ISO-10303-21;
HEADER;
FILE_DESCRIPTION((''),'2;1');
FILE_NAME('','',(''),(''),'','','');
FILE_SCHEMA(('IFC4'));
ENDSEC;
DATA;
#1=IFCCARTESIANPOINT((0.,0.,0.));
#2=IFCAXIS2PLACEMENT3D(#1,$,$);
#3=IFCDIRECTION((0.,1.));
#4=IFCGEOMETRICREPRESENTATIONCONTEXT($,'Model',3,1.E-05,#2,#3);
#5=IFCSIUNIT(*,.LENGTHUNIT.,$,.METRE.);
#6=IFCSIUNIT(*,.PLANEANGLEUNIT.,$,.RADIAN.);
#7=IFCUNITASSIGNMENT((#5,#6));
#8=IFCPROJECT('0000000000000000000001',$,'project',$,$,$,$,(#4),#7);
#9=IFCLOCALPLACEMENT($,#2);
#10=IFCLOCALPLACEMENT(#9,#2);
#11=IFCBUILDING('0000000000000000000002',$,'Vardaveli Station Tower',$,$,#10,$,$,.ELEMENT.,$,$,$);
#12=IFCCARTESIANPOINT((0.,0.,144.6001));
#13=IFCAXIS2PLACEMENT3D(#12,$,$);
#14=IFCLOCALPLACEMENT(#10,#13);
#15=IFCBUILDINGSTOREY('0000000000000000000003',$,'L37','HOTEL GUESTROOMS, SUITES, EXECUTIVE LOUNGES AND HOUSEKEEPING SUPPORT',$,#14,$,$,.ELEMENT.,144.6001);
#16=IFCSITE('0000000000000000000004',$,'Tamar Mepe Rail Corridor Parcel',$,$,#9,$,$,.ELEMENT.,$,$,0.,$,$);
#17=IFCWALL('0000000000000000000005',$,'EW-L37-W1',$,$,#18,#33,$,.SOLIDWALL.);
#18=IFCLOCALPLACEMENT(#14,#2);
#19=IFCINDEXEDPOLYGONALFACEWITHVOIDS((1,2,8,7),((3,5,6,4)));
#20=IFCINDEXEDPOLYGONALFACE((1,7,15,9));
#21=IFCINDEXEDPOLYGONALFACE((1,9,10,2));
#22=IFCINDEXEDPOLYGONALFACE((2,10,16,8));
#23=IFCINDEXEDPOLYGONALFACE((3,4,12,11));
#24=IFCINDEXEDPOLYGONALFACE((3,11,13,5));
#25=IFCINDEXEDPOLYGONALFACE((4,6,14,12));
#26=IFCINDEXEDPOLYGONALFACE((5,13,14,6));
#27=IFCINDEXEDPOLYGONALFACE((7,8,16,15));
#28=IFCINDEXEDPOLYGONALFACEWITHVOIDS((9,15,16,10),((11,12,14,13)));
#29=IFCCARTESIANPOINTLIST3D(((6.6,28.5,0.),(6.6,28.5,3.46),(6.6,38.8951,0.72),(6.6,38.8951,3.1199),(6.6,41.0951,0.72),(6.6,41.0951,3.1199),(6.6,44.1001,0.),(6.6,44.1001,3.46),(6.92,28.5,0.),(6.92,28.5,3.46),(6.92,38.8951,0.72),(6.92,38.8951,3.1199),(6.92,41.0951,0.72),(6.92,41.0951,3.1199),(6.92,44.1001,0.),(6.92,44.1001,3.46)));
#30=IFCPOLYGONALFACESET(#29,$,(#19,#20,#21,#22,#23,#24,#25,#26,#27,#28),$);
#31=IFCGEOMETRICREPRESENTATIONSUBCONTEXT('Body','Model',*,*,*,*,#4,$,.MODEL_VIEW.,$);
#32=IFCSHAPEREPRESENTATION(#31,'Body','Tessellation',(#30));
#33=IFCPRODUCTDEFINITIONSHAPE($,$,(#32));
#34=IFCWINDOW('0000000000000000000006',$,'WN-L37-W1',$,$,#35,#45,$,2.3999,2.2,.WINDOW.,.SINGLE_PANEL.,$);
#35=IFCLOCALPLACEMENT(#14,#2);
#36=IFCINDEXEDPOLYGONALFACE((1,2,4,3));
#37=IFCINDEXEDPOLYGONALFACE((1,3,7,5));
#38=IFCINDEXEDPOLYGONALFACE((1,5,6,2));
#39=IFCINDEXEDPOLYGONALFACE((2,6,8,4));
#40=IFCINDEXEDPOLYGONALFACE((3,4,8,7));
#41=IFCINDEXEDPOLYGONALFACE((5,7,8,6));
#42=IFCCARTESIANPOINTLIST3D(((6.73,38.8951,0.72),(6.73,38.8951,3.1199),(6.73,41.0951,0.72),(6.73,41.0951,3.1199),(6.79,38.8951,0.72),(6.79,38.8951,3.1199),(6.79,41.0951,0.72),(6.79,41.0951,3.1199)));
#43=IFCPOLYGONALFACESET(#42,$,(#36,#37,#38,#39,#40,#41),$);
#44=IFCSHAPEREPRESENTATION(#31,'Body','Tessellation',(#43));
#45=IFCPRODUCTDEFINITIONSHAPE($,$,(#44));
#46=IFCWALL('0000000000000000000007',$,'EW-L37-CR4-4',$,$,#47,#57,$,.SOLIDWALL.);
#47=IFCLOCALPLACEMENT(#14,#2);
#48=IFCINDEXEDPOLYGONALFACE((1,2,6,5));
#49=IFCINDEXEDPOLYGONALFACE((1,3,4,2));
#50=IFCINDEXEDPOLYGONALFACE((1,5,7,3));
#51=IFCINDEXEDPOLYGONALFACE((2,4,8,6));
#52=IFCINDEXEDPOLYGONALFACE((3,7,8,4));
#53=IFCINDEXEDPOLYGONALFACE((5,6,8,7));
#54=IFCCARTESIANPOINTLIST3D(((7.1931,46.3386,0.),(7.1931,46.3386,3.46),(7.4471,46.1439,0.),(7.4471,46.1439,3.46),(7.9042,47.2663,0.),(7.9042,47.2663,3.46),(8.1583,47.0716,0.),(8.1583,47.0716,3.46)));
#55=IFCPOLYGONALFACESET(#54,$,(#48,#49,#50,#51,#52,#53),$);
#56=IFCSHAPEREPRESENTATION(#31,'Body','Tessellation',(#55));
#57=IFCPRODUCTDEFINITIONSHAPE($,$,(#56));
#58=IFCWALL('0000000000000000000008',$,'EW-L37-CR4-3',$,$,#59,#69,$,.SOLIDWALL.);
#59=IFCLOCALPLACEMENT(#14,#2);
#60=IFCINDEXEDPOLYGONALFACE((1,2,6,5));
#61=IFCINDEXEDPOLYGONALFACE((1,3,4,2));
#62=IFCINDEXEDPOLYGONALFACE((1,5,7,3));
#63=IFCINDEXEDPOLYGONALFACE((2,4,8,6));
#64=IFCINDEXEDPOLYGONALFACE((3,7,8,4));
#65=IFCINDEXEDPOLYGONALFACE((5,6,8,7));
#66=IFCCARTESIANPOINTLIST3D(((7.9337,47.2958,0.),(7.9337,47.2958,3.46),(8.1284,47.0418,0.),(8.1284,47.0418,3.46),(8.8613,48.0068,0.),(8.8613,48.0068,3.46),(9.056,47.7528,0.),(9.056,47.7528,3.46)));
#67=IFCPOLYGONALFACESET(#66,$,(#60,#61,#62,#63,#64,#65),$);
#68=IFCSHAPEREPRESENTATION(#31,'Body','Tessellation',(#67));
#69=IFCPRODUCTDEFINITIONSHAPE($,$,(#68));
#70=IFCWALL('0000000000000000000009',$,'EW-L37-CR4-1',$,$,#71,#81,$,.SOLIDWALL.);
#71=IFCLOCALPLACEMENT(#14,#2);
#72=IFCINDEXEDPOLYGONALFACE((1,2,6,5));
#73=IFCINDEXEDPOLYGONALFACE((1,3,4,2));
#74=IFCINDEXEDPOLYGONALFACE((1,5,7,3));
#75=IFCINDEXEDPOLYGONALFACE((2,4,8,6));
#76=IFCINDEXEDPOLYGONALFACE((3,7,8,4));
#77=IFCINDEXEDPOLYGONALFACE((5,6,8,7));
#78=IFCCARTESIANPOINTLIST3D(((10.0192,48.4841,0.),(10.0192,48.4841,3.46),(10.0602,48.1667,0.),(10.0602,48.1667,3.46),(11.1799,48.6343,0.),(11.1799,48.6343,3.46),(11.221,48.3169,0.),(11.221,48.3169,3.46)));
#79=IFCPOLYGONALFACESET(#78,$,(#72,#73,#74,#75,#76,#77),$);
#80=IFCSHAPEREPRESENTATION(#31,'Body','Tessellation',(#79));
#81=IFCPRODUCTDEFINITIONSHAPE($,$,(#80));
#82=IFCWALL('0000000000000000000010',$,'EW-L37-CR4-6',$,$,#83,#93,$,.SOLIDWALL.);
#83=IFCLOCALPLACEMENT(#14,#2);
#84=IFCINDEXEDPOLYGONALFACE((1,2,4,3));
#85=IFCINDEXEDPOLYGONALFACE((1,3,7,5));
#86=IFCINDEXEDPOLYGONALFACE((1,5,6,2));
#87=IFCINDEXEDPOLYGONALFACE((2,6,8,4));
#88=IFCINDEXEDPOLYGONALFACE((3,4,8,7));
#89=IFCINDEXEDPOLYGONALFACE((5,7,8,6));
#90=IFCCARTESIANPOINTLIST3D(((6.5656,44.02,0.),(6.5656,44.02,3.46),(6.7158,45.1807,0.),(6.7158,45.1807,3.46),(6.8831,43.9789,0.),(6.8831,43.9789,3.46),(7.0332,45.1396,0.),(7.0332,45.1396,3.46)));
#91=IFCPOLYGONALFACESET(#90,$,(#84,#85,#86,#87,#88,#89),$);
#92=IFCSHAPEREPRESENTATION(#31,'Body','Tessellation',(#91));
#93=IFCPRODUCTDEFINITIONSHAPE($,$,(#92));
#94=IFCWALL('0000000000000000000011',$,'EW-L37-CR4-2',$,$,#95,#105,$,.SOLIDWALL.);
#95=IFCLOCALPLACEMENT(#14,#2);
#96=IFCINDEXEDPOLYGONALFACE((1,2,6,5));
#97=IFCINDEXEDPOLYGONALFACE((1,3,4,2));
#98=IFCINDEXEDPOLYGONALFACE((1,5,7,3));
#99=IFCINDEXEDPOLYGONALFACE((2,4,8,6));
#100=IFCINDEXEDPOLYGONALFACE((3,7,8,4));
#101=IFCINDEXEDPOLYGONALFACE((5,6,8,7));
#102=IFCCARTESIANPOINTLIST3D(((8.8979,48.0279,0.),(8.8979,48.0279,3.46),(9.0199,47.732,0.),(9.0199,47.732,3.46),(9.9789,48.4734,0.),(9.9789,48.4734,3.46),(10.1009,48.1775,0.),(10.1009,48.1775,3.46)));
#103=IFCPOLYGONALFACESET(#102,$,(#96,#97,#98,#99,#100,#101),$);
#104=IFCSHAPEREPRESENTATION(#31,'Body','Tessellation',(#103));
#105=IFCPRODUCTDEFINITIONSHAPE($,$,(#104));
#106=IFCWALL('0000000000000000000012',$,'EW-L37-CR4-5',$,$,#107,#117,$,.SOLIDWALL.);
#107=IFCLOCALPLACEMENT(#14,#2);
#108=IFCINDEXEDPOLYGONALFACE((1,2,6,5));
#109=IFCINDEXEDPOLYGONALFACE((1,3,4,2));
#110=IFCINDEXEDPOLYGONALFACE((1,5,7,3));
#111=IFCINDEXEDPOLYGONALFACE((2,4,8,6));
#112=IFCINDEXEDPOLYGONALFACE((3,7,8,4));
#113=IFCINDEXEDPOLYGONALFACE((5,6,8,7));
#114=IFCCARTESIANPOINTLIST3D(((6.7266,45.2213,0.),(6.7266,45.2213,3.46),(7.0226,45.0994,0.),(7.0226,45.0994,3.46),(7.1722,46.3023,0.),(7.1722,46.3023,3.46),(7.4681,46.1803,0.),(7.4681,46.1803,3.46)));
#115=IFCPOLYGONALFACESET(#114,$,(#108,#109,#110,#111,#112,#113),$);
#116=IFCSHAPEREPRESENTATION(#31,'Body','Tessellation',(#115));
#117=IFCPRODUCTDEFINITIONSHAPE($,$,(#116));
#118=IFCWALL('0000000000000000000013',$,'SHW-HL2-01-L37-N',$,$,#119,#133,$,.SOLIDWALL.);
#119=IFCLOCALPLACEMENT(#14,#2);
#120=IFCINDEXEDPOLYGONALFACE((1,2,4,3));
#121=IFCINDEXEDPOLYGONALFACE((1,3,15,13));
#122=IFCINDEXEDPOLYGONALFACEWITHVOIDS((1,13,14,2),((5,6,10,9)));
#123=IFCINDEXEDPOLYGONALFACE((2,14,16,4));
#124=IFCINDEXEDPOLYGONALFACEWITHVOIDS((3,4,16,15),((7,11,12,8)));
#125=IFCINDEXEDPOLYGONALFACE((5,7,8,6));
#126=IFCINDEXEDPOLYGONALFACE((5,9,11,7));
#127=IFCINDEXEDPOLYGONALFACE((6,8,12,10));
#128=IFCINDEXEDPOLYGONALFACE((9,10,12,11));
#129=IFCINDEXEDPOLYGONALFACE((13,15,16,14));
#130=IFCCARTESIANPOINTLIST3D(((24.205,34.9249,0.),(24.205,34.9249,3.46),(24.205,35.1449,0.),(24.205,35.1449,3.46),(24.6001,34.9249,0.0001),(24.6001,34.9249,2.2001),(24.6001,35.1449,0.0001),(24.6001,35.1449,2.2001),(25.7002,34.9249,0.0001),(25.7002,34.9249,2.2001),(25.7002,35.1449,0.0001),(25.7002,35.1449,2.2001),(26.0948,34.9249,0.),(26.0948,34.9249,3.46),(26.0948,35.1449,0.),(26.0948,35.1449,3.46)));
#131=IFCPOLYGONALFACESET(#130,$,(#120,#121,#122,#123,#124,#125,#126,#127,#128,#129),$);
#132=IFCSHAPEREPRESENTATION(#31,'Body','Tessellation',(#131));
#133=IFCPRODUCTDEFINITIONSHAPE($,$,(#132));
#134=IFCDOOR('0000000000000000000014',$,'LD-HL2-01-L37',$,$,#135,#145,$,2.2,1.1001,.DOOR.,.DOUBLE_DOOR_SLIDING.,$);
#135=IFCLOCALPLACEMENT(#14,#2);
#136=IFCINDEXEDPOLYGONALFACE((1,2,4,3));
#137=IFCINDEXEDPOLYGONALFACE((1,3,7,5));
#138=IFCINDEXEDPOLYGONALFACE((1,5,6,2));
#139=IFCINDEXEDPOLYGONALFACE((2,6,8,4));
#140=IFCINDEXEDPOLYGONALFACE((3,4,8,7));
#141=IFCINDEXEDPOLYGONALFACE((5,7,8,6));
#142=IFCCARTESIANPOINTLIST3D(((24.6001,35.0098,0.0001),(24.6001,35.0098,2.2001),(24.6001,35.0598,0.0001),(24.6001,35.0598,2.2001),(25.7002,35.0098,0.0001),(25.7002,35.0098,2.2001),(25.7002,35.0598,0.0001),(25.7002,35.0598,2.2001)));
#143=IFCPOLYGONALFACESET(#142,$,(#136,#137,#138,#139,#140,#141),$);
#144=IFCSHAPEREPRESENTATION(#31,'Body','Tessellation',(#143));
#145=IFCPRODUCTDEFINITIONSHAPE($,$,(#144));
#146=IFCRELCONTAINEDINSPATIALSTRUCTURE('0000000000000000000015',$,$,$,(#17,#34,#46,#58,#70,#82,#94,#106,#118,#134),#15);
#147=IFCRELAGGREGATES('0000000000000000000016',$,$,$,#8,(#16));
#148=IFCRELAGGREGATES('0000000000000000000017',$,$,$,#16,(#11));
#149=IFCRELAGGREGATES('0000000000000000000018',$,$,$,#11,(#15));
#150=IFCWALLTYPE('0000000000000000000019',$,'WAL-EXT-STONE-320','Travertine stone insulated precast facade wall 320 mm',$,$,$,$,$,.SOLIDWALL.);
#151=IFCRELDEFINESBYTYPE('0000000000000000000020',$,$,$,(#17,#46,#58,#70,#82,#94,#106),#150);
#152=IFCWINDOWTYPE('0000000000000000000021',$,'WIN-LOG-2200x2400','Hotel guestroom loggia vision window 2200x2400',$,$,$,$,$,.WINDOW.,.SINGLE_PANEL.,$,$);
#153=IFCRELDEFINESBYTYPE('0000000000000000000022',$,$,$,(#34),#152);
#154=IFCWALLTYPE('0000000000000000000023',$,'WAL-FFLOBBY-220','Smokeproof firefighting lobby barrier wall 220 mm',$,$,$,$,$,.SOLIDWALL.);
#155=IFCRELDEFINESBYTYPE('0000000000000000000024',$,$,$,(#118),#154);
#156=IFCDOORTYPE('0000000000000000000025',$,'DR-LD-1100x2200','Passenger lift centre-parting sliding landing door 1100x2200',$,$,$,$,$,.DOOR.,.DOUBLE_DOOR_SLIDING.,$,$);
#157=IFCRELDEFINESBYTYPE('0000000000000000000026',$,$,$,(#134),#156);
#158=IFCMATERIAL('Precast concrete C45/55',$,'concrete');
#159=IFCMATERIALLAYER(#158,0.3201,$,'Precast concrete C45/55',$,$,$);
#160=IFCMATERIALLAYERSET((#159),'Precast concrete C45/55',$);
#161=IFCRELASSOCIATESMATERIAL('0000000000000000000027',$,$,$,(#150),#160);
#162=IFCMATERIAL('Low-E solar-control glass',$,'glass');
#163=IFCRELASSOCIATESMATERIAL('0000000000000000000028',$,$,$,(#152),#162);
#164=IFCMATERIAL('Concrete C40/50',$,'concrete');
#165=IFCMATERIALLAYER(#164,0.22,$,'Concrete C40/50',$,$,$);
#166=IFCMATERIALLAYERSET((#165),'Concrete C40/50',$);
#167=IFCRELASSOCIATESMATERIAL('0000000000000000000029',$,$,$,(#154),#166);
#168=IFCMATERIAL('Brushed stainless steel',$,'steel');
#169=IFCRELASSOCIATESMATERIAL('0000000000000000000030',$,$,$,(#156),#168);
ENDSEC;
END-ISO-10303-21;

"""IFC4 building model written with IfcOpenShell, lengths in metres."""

from ifc_helpers import new_model, si_unit, direction, frame, frame_2d, origin, place, context, subcontext, project, spatial, rectangle, extrude, source, transform, mapped, material, layer, layer_set, type_object, element, fill, save


model = new_model("IFC4")

# Units and contexts
model_context = context("Model", 3, precision=1e-05, world=origin(), true_north=direction((0.0, 1.0)))
body_context = subcontext(model_context, "Body", "Model", "MODEL_VIEW")
ifc_project = project(units=[si_unit("LENGTHUNIT", "METRE"), si_unit("PLANEANGLEUNIT", "RADIAN")], contexts=[model_context])

# Site, building, storey
site_placement = place(None, origin())
site = spatial("IfcSite", under=ifc_project, at=site_placement, Name="Tamar Mepe Rail Corridor Parcel", CompositionType="ELEMENT", RefElevation=0.0)
building_placement = place(site_placement, origin())
building = spatial("IfcBuilding", under=site, at=building_placement, Name="Vardaveli Station Tower", CompositionType="ELEMENT")
storey_placement = place(building_placement, frame((0.0, 0.0, 144.6001)))
storey = spatial("IfcBuildingStorey", under=building, at=storey_placement, Name="L37", Description="HOTEL GUESTROOMS, SUITES, EXECUTIVE LOUNGES AND HOUSEKEEPING SUPPORT", CompositionType="ELEMENT", Elevation=144.6001)

# Shared definitions
ifc_material_1 = material(Name="Precast concrete C45/55", Category="concrete")

# Wall, opening, window
ifc_layer_1 = layer(ifc_material_1, 0.3201, Name="Precast concrete C45/55")
ifc_layer_set_1 = layer_set([ifc_layer_1], Name="Precast concrete C45/55")
wall_type_1 = type_object("IfcWallType", Name="WAL-EXT-STONE-320", Description="Travertine stone insulated precast facade wall 320 mm", PredefinedType="SOLIDWALL", material=ifc_layer_set_1)
shared_shape_1 = source(origin(), body_context, "Body", "SweptSolid", [
    extrude(rectangle(XDim=15.6001, YDim=0.3201, at=frame_2d((7.8, 0.0))), origin(), (0.0, 0.0, 1.0), 3.46),
])
wall_1_placement = place(storey_placement, frame((6.76, 44.1001, 0.0), z_axis=(0.0, 0.0, 1.0), x_axis=(0.0, -1.0, 0.0)))
wall_1 = element("IfcWall", 1, at=wall_1_placement, inside=storey, type_object=wall_type_1, Name="EW-L37-W1", PredefinedType="SOLIDWALL", context=body_context, shape_type="MappedRepresentation", body=[
    mapped(shared_shape_1, transform((0.0, 0.0, 0.0), scale=1.0)),
])
shared_shape_2 = source(origin(), body_context, "Body", "SweptSolid", [
    extrude(rectangle(XDim=2.2, YDim=2.3999, at=frame_2d((1.1001, 1.2))), frame((0.0, 0.1699, 0.0), z_axis=(0.0, -1.0, 0.0), x_axis=(1.0, 0.0, 0.0)), (0.0, 0.0, 1.0), 0.3401),
])
opening_1_placement = place(wall_1_placement, frame((3.0049, 0.0, 0.72)))
opening_1 = element("IfcOpeningElement", 2, at=opening_1_placement, cuts=wall_1, PredefinedType="OPENING", context=body_context, shape_type="MappedRepresentation", body=[
    mapped(shared_shape_2, transform((0.0, 0.0, 0.0), scale=1.0)),
])
ifc_material_2 = material(Name="Low-E solar-control glass", Category="glass")
window_type = type_object("IfcWindowType", Name="WIN-LOG-2200x2400", Description="Hotel guestroom loggia vision window 2200x2400", PartitioningType="SINGLE_PANEL", PredefinedType="WINDOW", material=ifc_material_2)
shared_shape_3 = source(origin(), body_context, "Body", "SweptSolid", [
    extrude(rectangle(XDim=2.2, YDim=2.3999, at=frame_2d((1.1001, 1.2))), frame((0.0, 0.03, 0.0), z_axis=(0.0, -1.0, 0.0), x_axis=(1.0, 0.0, 0.0)), (0.0, 0.0, 1.0), 0.0601),
])
window_placement = place(opening_1_placement, origin())
window = element("IfcWindow", 3, at=window_placement, inside=storey, type_object=window_type, Name="WN-L37-W1", OverallHeight=2.3999, OverallWidth=2.2, PartitioningType="SINGLE_PANEL", PredefinedType="WINDOW", context=body_context, shape_type="MappedRepresentation", body=[
    mapped(shared_shape_3, transform((0.0, 0.0, 0.0), scale=1.0)),
])
fill(opening_1, window)

# Walls
shared_shape_4 = source(origin(), body_context, "Body", "SweptSolid", [
    extrude(rectangle(XDim=1.1689, YDim=0.3201, at=frame_2d((0.5845, 0.0))), origin(), (0.0, 0.0, 1.0), 3.46),
])
wall_2_placement = place(storey_placement, frame((8.0312, 47.1689, 0.0), z_axis=(0.0, 0.0, 1.0), x_axis=(-0.608388, -0.79364, 0.0)))
element("IfcWall", 4, at=wall_2_placement, inside=storey, type_object=wall_type_1, Name="EW-L37-CR4-4", PredefinedType="SOLIDWALL", context=body_context, shape_type="MappedRepresentation", body=[
    mapped(shared_shape_4, transform((0.0, 0.0, 0.0), scale=1.0)),
])
shared_shape_5 = source(origin(), body_context, "Body", "SweptSolid", [
    extrude(rectangle(XDim=1.1687, YDim=0.3201, at=frame_2d((0.5845, 0.0))), origin(), (0.0, 0.0, 1.0), 3.46),
])
wall_3_placement = place(storey_placement, frame((8.9587, 47.8799, 0.0), z_axis=(0.0, 0.0, 1.0), x_axis=(-0.793664, -0.608357, 0.0)))
element("IfcWall", 5, at=wall_3_placement, inside=storey, type_object=wall_type_1, Name="EW-L37-CR4-3", PredefinedType="SOLIDWALL", context=body_context, shape_type="MappedRepresentation", body=[
    mapped(shared_shape_5, transform((0.0, 0.0, 0.0), scale=1.0)),
])
shared_shape_6 = source(origin(), body_context, "Body", "SweptSolid", [
    extrude(rectangle(XDim=1.1704, YDim=0.3201, at=frame_2d((0.5852, 0.0))), origin(), (0.0, 0.0, 1.0), 3.46),
])
for number, where, z_axis, x_axis, name in (
    (6, (11.2004, 48.4756, 0.0), (0.0, 0.0, 1.0), (-0.991736, -0.128296, 0.0), "EW-L37-CR4-1"),
    (7, (6.8745, 45.1602, 0.0), (0.0, 0.0, 1.0), (-0.128296, -0.991736, 0.0), "EW-L37-CR4-6"),
):
    element("IfcWall", number, at=place(storey_placement, frame(where, z_axis=z_axis, x_axis=x_axis)), inside=storey, type_object=wall_type_1, Name=name, PredefinedType="SOLIDWALL", context=body_context, shape_type="MappedRepresentation", body=[
        mapped(shared_shape_6, transform((0.0, 0.0, 0.0), scale=1.0)),
    ])
shared_shape_7 = source(origin(), body_context, "Body", "SweptSolid", [
    extrude(rectangle(XDim=1.1692, YDim=0.3201, at=frame_2d((0.5845, 0.0))), origin(), (0.0, 0.0, 1.0), 3.46),
])
for number, where, z_axis, x_axis, name in (
    (8, (10.0398, 48.3254, 0.0), (0.0, 0.0, 1.0), (-0.924553, -0.381054, 0.0), "EW-L37-CR4-2"),
    (9, (7.3201, 46.2412, 0.0), (0.0, 0.0, 1.0), (-0.381054, -0.924553, 0.0), "EW-L37-CR4-5"),
):
    element("IfcWall", number, at=place(storey_placement, frame(where, z_axis=z_axis, x_axis=x_axis)), inside=storey, type_object=wall_type_1, Name=name, PredefinedType="SOLIDWALL", context=body_context, shape_type="MappedRepresentation", body=[
        mapped(shared_shape_7, transform((0.0, 0.0, 0.0), scale=1.0)),
    ])

# Wall, opening, door
ifc_material_3 = material(Name="Concrete C40/50", Category="concrete")
ifc_layer_2 = layer(ifc_material_3, 0.22, Name="Concrete C40/50")
ifc_layer_set_2 = layer_set([ifc_layer_2], Name="Concrete C40/50")
wall_type_2 = type_object("IfcWallType", Name="WAL-FFLOBBY-220", Description="Smokeproof firefighting lobby barrier wall 220 mm", PredefinedType="SOLIDWALL", material=ifc_layer_set_2)
shared_shape_8 = source(origin(), body_context, "Body", "SweptSolid", [
    extrude(rectangle(XDim=1.8899, YDim=0.22, at=frame_2d((0.9448, 0.0))), origin(), (0.0, 0.0, 1.0), 3.46),
])
wall_4_placement = place(storey_placement, frame((24.2051, 35.0349, 0.0), z_axis=(0.0, 0.0, 1.0), x_axis=(1.0, 0.0, 0.0)))
wall_4 = element("IfcWall", 10, at=wall_4_placement, inside=storey, type_object=wall_type_2, Name="SHW-HL2-01-L37-N", PredefinedType="SOLIDWALL", context=body_context, shape_type="MappedRepresentation", body=[
    mapped(shared_shape_8, transform((0.0, 0.0, 0.0), scale=1.0)),
])
shared_shape_9 = source(origin(), body_context, "Body", "SweptSolid", [
    extrude(rectangle(XDim=1.1001, YDim=2.2, at=frame_2d((0.55, 1.1001))), frame((0.0, 0.1201, 0.0), z_axis=(0.0, -1.0, 0.0), x_axis=(1.0, 0.0, 0.0)), (0.0, 0.0, 1.0), 0.24),
])
opening_2_placement = place(wall_4_placement, frame((0.395, 0.0, 0.0)))
opening_2 = element("IfcOpeningElement", 11, at=opening_2_placement, cuts=wall_4, PredefinedType="OPENING", context=body_context, shape_type="MappedRepresentation", body=[
    mapped(shared_shape_9, transform((0.0, 0.0, 0.0), scale=1.0)),
])
ifc_material_4 = material(Name="Brushed stainless steel", Category="steel")
door_type_1 = type_object("IfcDoorType", Name="DR-LD-1100x2200", Description="Passenger lift centre-parting sliding landing door 1100x2200", OperationType="DOUBLE_DOOR_SLIDING", PredefinedType="DOOR", material=ifc_material_4)
shared_shape_10 = source(origin(), body_context, "Body", "SweptSolid", [
    extrude(rectangle(XDim=1.1001, YDim=2.2, at=frame_2d((0.55, 1.1001))), frame((0.0, 0.0249, 0.0), z_axis=(0.0, -1.0, 0.0), x_axis=(1.0, 0.0, 0.0)), (0.0, 0.0, 1.0), 0.05),
])
door_1_placement = place(opening_2_placement, origin())
door_1 = element("IfcDoor", 12, at=door_1_placement, inside=storey, type_object=door_type_1, Name="LD-HL2-01-L37", OperationType="DOUBLE_DOOR_SLIDING", OverallHeight=2.2, OverallWidth=1.1001, PredefinedType="DOOR", context=body_context, shape_type="MappedRepresentation", body=[
    mapped(shared_shape_10, transform((0.0, 0.0, 0.0), scale=1.0)),
])
fill(opening_2, door_1)

save(model, "model.ifc")
